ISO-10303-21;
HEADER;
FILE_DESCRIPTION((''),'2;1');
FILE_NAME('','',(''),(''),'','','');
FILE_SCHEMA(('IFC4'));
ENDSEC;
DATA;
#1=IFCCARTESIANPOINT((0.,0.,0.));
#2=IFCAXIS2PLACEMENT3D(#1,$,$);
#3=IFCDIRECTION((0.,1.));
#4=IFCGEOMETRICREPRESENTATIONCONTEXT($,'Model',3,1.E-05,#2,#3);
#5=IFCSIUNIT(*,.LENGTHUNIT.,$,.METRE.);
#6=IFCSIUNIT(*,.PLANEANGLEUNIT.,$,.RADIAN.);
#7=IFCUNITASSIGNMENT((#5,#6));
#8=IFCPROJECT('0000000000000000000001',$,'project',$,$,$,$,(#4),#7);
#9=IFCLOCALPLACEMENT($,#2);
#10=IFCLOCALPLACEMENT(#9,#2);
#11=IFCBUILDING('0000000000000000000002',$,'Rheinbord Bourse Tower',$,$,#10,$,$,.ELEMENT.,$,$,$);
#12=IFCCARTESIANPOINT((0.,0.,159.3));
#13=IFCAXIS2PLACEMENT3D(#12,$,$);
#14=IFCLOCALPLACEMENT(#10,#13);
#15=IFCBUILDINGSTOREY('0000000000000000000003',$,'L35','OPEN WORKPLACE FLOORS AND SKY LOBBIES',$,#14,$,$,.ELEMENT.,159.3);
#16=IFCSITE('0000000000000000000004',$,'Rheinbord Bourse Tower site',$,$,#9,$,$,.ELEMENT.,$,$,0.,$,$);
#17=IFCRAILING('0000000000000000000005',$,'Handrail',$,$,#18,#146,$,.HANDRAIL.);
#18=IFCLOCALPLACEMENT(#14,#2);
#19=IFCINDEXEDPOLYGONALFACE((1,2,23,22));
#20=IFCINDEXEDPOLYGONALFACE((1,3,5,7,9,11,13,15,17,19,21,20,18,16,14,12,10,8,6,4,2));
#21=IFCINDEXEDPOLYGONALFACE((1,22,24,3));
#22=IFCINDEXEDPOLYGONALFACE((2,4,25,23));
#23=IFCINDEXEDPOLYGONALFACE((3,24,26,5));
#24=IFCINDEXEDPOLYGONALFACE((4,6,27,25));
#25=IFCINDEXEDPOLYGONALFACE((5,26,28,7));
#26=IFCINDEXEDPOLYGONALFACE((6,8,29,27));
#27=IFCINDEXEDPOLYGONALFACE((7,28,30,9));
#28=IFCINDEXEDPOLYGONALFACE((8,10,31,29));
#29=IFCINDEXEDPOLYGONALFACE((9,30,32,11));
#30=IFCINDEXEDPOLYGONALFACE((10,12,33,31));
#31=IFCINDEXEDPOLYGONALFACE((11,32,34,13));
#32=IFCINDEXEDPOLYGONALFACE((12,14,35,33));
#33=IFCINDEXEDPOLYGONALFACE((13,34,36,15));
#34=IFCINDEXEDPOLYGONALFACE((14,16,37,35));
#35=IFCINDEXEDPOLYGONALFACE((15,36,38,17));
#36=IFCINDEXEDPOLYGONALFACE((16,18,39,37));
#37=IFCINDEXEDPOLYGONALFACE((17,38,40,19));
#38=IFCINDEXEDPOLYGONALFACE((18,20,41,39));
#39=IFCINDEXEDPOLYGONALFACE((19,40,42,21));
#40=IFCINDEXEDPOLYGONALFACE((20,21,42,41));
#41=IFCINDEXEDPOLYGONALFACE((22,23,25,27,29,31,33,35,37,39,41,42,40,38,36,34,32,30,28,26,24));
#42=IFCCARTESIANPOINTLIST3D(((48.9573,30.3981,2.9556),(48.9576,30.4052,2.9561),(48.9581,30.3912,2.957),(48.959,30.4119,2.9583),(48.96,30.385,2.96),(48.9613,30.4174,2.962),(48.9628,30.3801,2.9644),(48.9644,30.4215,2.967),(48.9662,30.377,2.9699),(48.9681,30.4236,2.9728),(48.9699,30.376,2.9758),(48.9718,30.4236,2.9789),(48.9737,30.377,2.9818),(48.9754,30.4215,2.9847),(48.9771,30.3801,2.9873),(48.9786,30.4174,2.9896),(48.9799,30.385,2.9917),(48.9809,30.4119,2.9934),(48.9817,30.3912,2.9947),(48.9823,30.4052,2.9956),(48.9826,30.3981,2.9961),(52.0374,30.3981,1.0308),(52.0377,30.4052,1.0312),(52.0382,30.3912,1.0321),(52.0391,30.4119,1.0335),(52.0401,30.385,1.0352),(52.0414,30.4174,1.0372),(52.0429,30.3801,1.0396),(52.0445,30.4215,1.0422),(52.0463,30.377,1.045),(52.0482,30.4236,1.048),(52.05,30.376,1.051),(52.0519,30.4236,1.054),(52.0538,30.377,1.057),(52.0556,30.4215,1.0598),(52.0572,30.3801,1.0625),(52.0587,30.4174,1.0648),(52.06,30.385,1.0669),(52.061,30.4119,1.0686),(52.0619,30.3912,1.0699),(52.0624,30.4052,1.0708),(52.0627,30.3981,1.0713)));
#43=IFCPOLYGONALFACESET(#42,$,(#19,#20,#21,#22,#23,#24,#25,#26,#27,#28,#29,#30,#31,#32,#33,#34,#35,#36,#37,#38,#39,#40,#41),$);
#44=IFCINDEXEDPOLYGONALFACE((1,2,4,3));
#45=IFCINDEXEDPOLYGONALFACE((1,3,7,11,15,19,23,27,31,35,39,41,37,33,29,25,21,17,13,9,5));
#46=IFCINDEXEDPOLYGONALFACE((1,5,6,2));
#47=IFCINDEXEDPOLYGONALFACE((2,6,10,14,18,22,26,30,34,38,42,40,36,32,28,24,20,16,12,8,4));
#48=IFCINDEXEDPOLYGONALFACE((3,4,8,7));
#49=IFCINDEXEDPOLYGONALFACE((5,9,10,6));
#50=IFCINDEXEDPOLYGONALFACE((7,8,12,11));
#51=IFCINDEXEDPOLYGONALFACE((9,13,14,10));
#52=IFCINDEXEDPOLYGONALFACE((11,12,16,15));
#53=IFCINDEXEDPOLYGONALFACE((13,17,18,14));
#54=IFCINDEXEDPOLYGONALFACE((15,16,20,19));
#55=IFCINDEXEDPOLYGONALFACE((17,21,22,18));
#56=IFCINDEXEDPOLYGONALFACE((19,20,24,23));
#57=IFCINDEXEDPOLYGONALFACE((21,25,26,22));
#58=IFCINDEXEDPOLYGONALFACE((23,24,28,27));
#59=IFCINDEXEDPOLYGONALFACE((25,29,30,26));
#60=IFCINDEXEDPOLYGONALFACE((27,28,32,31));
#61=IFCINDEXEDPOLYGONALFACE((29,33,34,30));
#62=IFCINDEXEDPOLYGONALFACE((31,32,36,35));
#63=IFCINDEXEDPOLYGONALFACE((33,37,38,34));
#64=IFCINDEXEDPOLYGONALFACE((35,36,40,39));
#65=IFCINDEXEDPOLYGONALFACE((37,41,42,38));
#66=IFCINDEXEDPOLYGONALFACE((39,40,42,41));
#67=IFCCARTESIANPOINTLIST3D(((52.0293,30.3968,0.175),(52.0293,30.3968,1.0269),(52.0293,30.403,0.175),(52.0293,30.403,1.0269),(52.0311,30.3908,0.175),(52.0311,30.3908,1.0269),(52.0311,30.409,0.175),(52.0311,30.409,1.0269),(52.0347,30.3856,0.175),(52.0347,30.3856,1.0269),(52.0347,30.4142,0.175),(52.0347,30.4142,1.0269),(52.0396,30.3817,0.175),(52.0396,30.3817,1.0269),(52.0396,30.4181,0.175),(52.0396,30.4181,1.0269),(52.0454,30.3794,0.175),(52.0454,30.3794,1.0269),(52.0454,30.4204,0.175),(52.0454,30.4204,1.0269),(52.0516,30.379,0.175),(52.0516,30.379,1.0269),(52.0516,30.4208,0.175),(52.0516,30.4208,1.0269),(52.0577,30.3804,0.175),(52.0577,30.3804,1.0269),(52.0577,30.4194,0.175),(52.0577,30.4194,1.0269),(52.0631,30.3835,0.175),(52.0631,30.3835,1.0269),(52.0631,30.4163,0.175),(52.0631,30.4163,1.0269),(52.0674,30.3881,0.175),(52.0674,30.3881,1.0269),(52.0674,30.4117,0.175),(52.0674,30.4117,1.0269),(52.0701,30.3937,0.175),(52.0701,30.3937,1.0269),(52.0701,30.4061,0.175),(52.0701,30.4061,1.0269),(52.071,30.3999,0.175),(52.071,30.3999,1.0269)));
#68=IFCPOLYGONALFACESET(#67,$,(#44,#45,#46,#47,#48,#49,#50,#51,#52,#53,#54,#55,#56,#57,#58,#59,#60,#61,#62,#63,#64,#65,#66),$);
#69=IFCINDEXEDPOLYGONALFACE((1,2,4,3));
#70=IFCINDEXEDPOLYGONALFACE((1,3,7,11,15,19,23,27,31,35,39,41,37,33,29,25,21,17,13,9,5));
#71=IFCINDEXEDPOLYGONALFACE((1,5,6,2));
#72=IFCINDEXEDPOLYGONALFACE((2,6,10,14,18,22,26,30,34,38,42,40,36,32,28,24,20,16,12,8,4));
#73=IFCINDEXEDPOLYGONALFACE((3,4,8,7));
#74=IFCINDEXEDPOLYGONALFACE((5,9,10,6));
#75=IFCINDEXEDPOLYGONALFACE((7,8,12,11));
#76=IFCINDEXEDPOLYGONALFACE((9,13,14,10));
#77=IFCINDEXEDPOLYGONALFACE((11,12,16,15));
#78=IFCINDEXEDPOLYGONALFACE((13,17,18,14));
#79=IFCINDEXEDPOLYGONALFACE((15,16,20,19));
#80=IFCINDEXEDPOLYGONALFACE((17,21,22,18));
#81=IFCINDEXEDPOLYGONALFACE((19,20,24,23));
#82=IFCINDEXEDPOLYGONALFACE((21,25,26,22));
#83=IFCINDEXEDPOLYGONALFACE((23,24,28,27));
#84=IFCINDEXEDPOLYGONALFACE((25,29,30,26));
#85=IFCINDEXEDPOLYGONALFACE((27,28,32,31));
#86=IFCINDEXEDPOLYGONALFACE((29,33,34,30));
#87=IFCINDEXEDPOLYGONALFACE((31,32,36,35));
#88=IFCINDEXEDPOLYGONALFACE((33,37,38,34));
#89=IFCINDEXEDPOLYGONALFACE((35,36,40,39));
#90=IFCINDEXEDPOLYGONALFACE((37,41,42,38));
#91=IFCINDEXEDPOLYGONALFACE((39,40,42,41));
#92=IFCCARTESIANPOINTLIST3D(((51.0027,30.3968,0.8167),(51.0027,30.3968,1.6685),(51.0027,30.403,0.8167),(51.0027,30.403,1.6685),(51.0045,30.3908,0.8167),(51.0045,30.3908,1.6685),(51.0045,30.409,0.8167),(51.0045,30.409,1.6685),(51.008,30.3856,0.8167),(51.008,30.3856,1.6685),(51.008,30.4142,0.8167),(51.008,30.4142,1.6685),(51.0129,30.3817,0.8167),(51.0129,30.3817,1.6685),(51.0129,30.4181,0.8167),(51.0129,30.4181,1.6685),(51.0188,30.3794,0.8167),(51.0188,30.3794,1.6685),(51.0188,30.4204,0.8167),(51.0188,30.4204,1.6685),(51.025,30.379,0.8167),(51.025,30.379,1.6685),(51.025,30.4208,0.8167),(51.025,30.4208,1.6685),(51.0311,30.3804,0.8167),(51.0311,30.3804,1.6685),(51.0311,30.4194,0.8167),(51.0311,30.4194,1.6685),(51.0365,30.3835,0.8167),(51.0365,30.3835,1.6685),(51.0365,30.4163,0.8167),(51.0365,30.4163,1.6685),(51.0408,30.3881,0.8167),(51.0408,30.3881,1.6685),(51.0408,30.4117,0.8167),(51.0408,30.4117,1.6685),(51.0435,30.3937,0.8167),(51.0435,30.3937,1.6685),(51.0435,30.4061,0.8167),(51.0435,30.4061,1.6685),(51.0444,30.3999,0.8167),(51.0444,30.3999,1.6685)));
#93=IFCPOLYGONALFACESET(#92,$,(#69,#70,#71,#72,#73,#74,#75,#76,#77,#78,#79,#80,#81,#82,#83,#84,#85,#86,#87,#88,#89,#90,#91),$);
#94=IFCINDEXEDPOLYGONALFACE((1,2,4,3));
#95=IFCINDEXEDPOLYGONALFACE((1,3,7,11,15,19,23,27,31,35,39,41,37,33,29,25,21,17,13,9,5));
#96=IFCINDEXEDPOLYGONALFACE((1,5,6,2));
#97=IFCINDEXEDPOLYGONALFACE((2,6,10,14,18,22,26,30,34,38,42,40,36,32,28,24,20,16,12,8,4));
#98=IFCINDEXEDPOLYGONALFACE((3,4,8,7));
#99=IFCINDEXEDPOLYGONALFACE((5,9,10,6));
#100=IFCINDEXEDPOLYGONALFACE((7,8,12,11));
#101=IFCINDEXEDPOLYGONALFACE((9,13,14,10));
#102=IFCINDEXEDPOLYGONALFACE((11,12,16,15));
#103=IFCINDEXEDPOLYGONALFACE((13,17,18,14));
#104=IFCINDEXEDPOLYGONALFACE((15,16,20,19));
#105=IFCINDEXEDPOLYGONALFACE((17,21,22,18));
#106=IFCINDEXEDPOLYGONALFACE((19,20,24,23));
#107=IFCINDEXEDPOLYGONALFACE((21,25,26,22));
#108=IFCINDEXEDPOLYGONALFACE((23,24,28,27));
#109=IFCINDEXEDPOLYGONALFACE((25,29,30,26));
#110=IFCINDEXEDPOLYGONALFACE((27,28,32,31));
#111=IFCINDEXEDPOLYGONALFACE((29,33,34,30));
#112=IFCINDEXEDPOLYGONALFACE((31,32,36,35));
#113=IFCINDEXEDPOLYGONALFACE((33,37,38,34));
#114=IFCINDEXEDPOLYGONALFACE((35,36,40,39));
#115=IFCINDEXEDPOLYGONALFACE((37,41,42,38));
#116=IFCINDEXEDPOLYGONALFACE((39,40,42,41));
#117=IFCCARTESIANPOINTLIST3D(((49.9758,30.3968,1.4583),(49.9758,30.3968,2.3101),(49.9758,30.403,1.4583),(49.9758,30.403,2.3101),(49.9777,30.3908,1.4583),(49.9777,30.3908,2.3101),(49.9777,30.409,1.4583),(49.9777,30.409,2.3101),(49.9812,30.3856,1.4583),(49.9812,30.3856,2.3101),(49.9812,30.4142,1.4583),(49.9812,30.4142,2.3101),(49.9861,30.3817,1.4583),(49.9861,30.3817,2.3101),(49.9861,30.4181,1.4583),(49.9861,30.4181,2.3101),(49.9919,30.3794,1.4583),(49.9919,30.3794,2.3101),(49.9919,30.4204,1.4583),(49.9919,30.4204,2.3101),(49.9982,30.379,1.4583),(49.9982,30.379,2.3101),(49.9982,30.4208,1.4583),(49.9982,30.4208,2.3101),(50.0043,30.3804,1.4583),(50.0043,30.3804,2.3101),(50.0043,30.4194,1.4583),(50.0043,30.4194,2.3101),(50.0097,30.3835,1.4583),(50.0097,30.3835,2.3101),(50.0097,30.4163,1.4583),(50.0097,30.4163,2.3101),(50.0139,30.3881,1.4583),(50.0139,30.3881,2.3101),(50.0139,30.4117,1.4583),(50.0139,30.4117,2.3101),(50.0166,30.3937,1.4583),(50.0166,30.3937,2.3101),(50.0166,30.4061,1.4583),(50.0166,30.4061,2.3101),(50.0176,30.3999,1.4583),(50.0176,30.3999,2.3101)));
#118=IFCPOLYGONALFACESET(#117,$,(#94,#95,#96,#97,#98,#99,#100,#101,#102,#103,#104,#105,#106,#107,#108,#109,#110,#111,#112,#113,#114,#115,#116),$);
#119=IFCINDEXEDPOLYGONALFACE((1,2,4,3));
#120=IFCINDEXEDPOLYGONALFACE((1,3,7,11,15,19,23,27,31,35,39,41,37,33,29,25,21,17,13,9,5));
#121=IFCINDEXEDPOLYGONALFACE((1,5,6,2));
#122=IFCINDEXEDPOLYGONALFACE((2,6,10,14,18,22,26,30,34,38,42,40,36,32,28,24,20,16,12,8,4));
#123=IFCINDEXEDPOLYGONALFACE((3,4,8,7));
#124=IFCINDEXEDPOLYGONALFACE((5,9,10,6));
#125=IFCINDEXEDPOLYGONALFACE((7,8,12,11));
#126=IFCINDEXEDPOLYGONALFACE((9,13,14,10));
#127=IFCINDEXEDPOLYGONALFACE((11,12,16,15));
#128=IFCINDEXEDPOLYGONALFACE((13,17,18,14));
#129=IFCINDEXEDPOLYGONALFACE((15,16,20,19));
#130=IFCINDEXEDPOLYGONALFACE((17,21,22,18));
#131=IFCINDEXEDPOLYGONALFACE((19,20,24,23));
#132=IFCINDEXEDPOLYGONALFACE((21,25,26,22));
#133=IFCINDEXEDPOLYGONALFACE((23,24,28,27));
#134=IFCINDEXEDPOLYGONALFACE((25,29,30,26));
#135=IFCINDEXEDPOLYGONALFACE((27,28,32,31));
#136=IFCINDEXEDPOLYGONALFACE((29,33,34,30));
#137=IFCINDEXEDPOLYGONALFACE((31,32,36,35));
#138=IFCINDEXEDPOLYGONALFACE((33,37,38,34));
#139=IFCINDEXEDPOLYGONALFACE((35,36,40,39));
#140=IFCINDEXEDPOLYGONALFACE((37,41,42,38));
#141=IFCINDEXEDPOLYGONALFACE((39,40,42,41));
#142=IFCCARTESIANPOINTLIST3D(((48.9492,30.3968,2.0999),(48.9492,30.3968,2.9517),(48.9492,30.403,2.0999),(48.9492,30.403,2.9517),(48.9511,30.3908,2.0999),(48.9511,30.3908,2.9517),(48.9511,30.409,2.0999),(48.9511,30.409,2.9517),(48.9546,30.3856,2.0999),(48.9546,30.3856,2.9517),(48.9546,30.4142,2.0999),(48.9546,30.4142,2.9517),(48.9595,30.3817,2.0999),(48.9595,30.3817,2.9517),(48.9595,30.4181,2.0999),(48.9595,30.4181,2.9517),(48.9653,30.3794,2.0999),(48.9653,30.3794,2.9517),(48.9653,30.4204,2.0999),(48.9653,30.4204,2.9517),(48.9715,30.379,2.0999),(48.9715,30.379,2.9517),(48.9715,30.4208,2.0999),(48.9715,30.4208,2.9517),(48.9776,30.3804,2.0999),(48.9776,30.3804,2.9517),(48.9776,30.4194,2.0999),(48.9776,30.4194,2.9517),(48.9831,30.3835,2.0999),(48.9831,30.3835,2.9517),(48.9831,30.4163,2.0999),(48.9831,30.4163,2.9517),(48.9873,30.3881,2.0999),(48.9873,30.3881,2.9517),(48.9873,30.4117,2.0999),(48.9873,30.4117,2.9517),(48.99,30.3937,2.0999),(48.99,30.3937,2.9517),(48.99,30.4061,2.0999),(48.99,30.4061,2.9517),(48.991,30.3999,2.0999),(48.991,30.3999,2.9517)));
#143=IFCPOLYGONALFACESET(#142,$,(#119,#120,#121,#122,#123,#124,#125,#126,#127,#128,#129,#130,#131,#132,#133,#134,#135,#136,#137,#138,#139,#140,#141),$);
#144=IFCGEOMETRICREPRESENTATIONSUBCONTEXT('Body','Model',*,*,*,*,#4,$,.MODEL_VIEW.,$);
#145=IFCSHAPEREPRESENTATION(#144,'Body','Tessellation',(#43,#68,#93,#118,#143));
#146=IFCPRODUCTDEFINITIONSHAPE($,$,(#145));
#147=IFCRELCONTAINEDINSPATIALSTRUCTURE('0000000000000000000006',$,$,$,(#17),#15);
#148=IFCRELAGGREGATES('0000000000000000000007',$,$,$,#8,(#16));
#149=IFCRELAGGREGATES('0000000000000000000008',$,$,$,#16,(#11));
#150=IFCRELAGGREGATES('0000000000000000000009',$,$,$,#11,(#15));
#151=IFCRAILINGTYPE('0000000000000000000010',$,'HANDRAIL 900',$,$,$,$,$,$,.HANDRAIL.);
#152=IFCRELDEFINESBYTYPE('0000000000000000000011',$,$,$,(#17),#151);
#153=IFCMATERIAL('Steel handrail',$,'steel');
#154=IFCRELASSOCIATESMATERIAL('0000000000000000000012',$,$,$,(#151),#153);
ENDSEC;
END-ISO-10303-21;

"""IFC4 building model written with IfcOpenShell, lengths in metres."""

from ifc_helpers import new_model, si_unit, direction, frame, origin, origin_2d, place, context, subcontext, project, spatial, circle, extrude, material, type_object, element, save


model = new_model("IFC4")

# Units and contexts
model_context = context("Model", 3, precision=1e-05, world=origin(), true_north=direction((0.0, 1.0)))
body_context = subcontext(model_context, "Body", "Model", "MODEL_VIEW")
ifc_project = project(units=[si_unit("LENGTHUNIT", "METRE"), si_unit("PLANEANGLEUNIT", "RADIAN")], contexts=[model_context])

# Site, building, storey
site_placement = place(None, origin())
site = spatial("IfcSite", under=ifc_project, at=site_placement, Name="Rheinbord Bourse Tower site", CompositionType="ELEMENT", RefElevation=0.0)
building_placement = place(site_placement, origin())
building = spatial("IfcBuilding", under=site, at=building_placement, Name="Rheinbord Bourse Tower", CompositionType="ELEMENT")
storey_placement = place(building_placement, frame((0.0, 0.0, 159.3)))
storey = spatial("IfcBuildingStorey", under=building, at=storey_placement, Name="L35", Description="OPEN WORKPLACE FLOORS AND SKY LOBBIES", CompositionType="ELEMENT", Elevation=159.3)

# Railing
ifc_material_1 = material(Name="Steel handrail", Category="steel")
railing_type = type_object("IfcRailingType", Name="HANDRAIL 900", PredefinedType="HANDRAIL", material=ifc_material_1)
railing_1_placement = place(storey_placement, frame((52.05, 30.3999, 0.175)))
element("IfcRailing", 1, at=railing_1_placement, inside=storey, type_object=railing_type, Name="Handrail", PredefinedType="HANDRAIL", context=body_context, shape_type="SweptSolid", body=[
    extrude(circle(Radius=0.0239, at=origin_2d()), frame((0.0, 0.0, 0.876), z_axis=(-0.848029, 0.0, 0.529951), x_axis=(0.0, -1.0, 0.0)), (0.0, 0.0, 1.0), 3.6321),
    extrude(circle(Radius=0.021, at=origin_2d()), origin(), (0.0, 0.0, 1.0), 0.8518),
    extrude(circle(Radius=0.021, at=origin_2d()), frame((-1.0266, 0.0, 0.6416)), (0.0, 0.0, 1.0), 0.8518),
    extrude(circle(Radius=0.021, at=origin_2d()), frame((-2.0535, 0.0, 1.2832)), (0.0, 0.0, 1.0), 0.8518),
    extrude(circle(Radius=0.021, at=origin_2d()), frame((-3.0801, 0.0, 1.9248)), (0.0, 0.0, 1.0), 0.8518),
])

save(model, "model.ifc")
